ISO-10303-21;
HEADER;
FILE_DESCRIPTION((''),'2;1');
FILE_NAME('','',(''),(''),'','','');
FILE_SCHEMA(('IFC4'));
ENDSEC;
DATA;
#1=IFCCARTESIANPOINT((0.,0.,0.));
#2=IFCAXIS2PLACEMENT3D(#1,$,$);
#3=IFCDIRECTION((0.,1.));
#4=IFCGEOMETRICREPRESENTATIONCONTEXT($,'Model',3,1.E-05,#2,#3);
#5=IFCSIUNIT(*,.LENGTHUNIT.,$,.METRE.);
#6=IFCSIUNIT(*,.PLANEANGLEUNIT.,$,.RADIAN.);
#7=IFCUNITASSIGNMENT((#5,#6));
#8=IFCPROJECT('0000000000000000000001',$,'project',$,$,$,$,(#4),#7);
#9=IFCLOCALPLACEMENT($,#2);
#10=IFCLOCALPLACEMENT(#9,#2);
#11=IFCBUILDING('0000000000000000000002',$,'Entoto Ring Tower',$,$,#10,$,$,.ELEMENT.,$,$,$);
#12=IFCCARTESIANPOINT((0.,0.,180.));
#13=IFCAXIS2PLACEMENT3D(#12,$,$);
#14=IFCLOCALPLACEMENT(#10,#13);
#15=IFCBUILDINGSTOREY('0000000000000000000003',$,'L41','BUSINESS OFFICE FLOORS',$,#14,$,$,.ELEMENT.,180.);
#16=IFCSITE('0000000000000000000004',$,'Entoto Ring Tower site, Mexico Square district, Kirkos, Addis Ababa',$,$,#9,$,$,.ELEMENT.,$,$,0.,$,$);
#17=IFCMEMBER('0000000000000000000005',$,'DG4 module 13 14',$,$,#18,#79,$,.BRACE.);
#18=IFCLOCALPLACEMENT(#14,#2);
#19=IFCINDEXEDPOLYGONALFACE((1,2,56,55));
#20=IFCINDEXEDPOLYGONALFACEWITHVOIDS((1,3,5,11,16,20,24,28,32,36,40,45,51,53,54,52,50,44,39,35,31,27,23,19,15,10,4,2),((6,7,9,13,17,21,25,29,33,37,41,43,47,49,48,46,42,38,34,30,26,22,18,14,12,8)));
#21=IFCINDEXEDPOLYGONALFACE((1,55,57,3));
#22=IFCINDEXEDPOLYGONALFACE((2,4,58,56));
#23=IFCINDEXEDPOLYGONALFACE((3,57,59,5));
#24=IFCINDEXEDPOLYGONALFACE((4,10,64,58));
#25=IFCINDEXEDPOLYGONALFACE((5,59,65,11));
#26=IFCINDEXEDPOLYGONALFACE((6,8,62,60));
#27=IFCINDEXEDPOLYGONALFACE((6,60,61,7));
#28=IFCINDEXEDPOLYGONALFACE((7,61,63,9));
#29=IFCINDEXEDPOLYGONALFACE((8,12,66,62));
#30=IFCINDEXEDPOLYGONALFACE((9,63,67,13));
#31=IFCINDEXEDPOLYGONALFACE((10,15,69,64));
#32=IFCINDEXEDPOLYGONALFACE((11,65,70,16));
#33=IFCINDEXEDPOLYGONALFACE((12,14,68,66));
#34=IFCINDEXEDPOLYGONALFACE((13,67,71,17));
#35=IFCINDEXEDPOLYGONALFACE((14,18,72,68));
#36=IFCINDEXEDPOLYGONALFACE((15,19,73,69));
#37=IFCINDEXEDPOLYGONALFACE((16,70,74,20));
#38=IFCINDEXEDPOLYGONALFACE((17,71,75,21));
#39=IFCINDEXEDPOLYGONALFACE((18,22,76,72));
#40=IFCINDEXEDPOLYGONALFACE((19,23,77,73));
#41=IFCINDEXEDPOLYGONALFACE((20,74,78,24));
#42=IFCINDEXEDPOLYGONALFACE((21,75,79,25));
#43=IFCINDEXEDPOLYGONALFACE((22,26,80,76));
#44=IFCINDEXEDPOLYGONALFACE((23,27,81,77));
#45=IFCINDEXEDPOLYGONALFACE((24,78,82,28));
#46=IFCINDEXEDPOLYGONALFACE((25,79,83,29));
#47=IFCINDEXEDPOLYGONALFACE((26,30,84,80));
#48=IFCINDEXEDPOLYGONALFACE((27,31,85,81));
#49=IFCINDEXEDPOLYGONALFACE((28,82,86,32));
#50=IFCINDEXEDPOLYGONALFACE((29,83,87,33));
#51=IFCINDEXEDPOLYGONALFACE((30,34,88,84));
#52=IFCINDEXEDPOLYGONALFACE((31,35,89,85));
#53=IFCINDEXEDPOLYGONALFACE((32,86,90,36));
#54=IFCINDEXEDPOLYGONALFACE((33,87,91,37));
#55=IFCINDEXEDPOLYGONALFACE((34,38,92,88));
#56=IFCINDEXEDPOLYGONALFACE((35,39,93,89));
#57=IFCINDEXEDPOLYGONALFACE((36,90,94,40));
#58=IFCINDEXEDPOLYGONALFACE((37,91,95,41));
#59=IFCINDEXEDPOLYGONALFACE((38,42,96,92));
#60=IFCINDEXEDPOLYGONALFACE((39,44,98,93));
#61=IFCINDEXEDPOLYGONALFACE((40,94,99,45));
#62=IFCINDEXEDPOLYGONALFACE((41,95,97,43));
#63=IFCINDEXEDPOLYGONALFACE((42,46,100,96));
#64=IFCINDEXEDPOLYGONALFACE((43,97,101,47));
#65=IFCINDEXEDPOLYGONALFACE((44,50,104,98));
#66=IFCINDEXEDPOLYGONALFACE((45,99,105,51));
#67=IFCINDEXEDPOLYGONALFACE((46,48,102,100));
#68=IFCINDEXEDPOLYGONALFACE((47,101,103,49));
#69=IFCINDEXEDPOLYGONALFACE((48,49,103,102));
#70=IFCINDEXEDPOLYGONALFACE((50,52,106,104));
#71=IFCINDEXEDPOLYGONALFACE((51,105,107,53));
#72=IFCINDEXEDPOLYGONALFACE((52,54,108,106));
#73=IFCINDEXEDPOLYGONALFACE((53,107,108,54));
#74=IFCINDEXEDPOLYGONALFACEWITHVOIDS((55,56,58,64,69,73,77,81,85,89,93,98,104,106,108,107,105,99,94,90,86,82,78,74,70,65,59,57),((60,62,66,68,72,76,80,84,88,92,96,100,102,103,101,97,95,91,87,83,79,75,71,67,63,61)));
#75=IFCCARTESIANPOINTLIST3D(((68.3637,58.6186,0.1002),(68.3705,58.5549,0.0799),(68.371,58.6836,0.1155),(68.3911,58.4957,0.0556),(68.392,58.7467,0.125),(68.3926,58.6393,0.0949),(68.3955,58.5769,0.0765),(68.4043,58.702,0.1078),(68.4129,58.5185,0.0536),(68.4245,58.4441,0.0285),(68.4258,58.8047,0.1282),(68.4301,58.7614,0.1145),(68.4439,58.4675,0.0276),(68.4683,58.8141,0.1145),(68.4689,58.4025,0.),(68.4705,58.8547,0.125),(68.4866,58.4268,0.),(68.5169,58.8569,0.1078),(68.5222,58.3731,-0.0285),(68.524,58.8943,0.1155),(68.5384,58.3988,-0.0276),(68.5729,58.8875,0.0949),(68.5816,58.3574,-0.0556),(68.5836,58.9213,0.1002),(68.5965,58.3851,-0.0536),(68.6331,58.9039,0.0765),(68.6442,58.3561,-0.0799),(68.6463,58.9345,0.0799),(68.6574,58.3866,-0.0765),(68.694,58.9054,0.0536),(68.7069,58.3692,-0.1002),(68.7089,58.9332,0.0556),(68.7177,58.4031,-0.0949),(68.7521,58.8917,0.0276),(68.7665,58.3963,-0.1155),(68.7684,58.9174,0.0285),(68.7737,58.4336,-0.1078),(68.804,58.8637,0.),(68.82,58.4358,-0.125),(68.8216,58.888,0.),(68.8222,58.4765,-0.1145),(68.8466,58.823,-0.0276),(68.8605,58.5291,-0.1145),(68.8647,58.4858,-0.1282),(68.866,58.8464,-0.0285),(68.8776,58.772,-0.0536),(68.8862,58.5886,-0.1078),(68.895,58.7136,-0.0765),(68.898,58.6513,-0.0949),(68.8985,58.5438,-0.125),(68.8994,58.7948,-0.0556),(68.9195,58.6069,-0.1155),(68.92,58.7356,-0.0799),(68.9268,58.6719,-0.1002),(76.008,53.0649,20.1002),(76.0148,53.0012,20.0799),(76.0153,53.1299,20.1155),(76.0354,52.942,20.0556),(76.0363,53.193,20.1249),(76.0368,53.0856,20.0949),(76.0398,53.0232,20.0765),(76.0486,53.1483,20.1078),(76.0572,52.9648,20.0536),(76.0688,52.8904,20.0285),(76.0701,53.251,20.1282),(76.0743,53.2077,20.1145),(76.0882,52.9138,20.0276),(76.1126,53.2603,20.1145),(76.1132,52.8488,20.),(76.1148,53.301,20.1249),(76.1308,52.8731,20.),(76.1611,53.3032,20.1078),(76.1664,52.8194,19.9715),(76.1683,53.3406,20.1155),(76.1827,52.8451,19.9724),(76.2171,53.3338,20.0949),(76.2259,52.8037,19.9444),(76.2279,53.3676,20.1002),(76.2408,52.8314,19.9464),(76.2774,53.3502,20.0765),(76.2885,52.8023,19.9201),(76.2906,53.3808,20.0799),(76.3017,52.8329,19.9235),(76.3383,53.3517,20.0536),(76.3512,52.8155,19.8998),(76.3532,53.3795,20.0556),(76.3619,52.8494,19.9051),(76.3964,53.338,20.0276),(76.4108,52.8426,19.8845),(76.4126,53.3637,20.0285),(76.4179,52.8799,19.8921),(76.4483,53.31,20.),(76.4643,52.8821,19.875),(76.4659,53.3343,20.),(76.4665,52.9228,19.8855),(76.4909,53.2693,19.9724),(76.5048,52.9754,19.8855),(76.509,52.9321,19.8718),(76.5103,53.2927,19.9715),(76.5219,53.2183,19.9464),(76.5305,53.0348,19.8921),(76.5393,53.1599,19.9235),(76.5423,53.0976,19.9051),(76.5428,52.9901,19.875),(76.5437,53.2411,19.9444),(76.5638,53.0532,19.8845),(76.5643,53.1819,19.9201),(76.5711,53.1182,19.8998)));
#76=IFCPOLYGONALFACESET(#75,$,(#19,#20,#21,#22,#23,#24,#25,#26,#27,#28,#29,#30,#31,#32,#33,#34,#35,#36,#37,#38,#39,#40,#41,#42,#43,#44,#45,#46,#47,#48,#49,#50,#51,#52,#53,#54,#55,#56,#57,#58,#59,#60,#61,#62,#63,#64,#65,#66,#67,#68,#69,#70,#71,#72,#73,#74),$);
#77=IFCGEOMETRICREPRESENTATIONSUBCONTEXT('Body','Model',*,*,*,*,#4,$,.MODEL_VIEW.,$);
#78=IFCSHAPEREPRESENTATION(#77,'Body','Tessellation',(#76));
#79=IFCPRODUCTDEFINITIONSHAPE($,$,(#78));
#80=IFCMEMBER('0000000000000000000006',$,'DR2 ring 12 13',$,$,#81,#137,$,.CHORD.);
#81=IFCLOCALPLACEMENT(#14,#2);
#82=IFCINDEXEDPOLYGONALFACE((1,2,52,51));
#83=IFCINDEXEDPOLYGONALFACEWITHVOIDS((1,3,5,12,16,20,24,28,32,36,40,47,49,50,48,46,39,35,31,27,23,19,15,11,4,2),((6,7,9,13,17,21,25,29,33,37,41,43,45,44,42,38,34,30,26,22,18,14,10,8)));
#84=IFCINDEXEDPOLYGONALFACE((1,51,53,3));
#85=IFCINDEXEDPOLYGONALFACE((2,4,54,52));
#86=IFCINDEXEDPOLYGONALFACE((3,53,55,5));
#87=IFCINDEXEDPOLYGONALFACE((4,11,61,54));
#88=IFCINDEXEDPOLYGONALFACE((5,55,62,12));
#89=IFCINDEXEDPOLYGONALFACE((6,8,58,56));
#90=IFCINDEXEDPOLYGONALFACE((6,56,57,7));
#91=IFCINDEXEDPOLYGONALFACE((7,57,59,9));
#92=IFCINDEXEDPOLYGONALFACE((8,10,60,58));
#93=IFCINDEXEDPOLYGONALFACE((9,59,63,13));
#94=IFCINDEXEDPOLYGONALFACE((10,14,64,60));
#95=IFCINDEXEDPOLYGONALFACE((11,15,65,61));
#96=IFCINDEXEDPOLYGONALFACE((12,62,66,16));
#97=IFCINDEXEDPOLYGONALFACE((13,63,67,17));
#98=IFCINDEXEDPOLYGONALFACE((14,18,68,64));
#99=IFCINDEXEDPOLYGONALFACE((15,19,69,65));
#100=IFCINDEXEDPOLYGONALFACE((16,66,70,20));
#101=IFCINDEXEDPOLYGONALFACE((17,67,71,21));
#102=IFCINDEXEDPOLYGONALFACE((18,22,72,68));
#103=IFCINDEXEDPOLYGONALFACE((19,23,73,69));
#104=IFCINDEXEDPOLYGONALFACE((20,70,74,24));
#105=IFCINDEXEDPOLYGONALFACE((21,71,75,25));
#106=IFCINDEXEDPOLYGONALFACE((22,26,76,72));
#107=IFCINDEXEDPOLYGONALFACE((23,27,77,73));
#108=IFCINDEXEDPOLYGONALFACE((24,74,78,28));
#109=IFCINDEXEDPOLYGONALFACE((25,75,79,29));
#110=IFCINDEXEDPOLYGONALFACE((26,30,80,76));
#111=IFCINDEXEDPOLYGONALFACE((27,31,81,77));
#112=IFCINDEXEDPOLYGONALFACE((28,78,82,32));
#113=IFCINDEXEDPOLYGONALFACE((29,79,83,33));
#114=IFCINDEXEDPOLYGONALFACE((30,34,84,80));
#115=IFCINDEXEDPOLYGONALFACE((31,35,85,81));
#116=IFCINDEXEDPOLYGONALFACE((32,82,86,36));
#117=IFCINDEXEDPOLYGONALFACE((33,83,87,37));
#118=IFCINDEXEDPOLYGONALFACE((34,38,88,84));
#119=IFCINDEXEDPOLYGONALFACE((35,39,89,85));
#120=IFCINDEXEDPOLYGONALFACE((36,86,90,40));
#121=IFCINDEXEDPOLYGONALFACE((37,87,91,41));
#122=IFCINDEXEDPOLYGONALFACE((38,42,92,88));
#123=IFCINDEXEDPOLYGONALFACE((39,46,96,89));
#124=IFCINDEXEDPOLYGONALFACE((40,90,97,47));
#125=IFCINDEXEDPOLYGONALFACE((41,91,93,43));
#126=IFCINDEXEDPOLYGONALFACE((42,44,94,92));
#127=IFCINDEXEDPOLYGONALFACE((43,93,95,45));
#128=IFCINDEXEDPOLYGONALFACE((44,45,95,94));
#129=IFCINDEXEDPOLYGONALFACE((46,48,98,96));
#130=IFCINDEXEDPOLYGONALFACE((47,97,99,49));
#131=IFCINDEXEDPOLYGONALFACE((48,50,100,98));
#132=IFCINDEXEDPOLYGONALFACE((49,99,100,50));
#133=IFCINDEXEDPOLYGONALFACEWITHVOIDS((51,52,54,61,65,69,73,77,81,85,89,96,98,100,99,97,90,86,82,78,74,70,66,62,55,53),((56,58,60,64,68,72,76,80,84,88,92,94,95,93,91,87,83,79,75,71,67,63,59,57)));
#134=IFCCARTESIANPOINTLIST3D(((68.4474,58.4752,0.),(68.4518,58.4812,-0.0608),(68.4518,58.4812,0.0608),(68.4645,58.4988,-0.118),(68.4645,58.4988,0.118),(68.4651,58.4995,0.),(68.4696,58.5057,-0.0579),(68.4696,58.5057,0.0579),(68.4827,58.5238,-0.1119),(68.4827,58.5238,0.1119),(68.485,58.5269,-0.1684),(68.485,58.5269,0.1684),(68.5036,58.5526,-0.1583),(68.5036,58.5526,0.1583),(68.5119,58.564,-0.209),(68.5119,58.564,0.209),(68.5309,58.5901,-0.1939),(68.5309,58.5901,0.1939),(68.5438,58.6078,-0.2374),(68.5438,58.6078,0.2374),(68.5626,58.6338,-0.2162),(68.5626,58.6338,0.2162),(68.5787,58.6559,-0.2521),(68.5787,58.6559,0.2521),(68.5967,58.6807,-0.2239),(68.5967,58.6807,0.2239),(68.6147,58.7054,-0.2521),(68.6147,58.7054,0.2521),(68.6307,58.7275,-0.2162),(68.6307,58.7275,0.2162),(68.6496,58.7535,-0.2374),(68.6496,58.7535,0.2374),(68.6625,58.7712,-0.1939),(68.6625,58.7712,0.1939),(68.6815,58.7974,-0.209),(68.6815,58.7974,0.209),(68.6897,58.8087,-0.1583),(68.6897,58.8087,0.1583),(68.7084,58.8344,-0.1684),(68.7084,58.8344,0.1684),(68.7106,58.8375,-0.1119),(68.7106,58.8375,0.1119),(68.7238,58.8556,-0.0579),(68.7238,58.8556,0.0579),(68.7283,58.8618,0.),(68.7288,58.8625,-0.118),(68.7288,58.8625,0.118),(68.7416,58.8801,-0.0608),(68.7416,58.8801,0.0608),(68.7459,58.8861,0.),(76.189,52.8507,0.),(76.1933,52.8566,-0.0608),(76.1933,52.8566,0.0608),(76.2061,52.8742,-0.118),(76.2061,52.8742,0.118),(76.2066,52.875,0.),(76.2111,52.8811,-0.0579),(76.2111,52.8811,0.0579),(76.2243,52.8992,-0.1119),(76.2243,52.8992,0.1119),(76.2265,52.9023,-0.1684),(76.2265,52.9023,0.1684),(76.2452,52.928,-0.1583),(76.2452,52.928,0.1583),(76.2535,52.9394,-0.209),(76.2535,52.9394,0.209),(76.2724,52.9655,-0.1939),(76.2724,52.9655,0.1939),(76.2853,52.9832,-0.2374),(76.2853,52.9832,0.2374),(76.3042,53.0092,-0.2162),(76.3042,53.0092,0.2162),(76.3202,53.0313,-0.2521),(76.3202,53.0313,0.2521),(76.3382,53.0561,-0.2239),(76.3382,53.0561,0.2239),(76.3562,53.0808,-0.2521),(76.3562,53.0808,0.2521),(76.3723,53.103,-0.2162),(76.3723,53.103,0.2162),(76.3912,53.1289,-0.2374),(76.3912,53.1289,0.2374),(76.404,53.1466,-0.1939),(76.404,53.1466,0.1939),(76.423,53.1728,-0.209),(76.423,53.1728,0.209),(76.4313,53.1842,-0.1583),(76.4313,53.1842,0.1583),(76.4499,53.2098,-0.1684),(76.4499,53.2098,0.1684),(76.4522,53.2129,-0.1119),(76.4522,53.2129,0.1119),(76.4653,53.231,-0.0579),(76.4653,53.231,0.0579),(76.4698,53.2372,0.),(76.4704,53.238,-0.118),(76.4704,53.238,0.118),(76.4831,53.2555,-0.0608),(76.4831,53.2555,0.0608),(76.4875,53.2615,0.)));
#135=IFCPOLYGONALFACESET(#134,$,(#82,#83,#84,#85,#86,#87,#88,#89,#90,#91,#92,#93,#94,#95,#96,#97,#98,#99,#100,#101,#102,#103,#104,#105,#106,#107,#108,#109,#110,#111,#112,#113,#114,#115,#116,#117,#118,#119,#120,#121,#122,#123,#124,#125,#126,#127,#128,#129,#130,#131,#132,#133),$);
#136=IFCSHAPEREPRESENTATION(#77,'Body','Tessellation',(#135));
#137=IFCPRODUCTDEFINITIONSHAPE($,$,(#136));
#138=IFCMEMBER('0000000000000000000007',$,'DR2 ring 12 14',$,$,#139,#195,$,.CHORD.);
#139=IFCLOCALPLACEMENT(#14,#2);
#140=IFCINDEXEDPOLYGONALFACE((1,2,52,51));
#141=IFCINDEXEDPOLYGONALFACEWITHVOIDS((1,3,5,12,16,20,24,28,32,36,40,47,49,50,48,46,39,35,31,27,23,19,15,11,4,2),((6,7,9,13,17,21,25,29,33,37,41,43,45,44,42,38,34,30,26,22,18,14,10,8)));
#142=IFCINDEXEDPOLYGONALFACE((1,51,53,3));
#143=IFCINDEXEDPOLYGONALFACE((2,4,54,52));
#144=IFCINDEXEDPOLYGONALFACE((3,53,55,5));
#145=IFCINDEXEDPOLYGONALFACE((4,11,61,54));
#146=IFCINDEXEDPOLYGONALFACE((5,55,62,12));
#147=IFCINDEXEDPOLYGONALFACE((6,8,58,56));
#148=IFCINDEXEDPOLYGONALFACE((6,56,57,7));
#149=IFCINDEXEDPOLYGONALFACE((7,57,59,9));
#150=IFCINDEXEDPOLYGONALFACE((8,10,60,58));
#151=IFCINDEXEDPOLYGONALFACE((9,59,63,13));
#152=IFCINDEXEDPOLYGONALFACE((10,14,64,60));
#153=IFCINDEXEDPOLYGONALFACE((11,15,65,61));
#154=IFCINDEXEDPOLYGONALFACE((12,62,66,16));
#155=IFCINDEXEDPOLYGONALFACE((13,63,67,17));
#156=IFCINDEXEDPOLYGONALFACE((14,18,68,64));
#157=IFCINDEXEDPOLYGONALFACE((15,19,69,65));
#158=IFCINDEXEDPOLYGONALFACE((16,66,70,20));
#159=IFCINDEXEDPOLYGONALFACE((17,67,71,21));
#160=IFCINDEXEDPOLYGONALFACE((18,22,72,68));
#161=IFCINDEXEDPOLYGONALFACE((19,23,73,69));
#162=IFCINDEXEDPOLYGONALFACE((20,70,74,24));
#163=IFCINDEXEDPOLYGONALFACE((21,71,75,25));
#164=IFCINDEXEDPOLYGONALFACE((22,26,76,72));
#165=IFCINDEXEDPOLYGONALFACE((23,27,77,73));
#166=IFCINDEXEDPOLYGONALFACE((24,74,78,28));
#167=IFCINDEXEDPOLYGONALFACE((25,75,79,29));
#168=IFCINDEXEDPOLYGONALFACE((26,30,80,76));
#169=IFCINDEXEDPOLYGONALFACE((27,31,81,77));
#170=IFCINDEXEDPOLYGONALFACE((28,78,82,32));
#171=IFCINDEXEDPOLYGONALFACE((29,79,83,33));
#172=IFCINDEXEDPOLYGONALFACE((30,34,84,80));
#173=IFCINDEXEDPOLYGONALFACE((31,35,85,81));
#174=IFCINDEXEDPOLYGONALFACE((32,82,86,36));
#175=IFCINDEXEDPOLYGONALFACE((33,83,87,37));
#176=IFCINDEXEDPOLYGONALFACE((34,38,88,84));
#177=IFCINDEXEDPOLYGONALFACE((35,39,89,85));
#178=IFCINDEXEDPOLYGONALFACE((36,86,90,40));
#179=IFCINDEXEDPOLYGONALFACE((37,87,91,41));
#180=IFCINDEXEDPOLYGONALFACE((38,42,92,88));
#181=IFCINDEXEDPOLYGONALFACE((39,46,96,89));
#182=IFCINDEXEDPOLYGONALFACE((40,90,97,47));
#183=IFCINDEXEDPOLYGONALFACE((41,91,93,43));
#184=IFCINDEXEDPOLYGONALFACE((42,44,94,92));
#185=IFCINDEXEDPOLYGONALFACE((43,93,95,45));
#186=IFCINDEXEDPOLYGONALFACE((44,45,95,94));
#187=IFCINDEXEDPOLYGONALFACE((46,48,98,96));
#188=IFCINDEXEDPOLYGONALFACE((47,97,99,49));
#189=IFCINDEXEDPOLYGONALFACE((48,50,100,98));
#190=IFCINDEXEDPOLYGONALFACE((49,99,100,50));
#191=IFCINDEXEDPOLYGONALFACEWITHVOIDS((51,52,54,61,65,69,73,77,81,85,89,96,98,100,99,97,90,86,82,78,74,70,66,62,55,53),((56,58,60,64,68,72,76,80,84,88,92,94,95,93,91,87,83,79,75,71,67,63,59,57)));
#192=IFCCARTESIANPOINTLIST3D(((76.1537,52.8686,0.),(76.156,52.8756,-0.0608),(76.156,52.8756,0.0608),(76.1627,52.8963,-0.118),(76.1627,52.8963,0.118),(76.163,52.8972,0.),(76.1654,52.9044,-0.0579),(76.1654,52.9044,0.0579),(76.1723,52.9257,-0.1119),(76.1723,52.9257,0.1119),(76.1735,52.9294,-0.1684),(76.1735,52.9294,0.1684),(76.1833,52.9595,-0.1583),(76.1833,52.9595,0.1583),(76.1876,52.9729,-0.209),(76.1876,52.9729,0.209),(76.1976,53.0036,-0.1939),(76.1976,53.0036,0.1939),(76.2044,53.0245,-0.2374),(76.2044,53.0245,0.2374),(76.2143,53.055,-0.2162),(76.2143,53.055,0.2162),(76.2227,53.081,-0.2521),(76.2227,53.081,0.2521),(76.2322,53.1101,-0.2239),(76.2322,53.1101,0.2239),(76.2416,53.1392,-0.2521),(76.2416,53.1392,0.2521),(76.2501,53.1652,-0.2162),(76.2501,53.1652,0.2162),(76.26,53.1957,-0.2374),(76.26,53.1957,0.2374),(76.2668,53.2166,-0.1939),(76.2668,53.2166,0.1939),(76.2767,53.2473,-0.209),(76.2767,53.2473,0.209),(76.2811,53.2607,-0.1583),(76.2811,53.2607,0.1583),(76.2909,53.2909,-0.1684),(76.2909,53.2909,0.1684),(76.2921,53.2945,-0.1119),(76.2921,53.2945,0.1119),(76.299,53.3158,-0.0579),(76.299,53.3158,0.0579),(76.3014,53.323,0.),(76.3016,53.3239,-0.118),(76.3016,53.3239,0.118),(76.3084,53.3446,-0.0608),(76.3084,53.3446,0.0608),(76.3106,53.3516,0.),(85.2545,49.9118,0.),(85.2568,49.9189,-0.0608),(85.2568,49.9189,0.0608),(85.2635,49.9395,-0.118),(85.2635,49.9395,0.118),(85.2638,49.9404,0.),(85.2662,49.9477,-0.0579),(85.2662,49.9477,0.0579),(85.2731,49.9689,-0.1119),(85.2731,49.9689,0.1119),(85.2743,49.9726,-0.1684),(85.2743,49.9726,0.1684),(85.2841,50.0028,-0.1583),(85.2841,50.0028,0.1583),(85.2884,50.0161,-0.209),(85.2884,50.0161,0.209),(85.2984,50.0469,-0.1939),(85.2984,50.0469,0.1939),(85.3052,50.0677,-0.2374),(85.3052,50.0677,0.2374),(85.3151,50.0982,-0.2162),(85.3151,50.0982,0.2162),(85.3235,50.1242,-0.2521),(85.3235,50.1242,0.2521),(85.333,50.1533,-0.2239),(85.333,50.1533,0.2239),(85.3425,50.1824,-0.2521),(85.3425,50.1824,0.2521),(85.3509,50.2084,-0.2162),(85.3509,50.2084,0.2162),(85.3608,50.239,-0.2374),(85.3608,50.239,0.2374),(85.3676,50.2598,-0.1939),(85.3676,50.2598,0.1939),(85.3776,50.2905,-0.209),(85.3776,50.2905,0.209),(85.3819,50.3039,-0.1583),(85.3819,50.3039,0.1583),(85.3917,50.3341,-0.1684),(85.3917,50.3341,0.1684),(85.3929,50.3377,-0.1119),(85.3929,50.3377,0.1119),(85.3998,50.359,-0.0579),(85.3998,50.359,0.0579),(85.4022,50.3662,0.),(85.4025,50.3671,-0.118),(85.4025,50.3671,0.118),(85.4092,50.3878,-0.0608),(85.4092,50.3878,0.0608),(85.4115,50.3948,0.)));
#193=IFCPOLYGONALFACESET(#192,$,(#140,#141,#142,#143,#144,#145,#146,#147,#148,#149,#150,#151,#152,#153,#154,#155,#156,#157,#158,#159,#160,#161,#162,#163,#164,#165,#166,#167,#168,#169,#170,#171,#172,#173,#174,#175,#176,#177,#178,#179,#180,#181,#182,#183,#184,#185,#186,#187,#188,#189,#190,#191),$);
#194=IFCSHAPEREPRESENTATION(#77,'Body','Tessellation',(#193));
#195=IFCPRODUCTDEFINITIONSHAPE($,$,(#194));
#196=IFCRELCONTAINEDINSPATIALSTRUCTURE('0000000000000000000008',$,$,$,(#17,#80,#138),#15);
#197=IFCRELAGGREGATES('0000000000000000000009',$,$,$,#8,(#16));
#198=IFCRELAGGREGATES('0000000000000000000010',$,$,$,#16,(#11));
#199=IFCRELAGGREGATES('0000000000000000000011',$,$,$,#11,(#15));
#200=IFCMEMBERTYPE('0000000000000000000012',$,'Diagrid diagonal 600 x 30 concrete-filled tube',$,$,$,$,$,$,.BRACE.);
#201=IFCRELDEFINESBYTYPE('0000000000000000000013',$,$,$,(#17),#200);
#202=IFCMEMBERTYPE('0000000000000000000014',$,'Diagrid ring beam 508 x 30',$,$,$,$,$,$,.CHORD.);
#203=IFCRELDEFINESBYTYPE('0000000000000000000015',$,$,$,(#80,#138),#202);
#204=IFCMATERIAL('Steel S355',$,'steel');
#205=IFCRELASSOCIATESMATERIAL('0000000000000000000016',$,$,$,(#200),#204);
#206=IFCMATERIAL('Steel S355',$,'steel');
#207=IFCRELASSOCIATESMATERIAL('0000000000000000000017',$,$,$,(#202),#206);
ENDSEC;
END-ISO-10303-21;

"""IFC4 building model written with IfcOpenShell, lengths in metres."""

from ifc_helpers import new_model, si_unit, direction, frame, origin, origin_2d, place, context, subcontext, project, spatial, circle, hollow_circle, extrude, material, material_profile, profile_set, type_object, element, save


model = new_model("IFC4")

# Units and contexts
model_context = context("Model", 3, precision=1e-05, world=origin(), true_north=direction((0.0, 1.0)))
body_context = subcontext(model_context, "Body", "Model", "MODEL_VIEW")
ifc_project = project(units=[si_unit("LENGTHUNIT", "METRE"), si_unit("PLANEANGLEUNIT", "RADIAN")], contexts=[model_context])

# Site, building, storey
site_placement = place(None, origin())
site = spatial("IfcSite", under=ifc_project, at=site_placement, Name="Entoto Ring Tower site, Mexico Square district, Kirkos, Addis Ababa", CompositionType="ELEMENT", RefElevation=0.0)
building_placement = place(site_placement, origin())
building = spatial("IfcBuilding", under=site, at=building_placement, Name="Entoto Ring Tower", CompositionType="ELEMENT")
storey_placement = place(building_placement, frame((0.0, 0.0, 180.0)))
storey = spatial("IfcBuildingStorey", under=building, at=storey_placement, Name="L41", Description="BUSINESS OFFICE FLOORS", CompositionType="ELEMENT", Elevation=180.0)

# Members
ifc_material_1 = material(Name="Steel S355", Category="steel")
ifc_material_profile_1 = material_profile(ifc_material_1, hollow_circle(Radius=0.3, WallThickness=0.03, at=origin_2d()), Name="CHS 600 x 30")
ifc_material_2 = material(Name="Concrete C60/75", Category="concrete")
ifc_material_profile_2 = material_profile(ifc_material_2, circle(Radius=0.27, at=origin_2d()), Name="Concrete C60/75 infill")
ifc_profile_set_1 = profile_set([ifc_material_profile_1, ifc_material_profile_2], Name="Steel S355")
member_type_1 = type_object("IfcMemberType", Name="Diagrid diagonal 600 x 30 concrete-filled tube", PredefinedType="BRACE", material=ifc_profile_set_1)
for number, where, z_axis, x_axis, name in (
    (1, (68.6453, 58.6453, 0.0), (0.345588, -0.251076, 0.904174), (0.587772, 0.809026, 0.0), "DG4 module 13 14"),
):
    element("IfcMember", number, at=place(storey_placement, frame(where, z_axis=z_axis, x_axis=x_axis)), inside=storey, type_object=member_type_1, Name=name, PredefinedType="BRACE", context=body_context, shape_type="SweptSolid", body=[
        extrude(hollow_circle(Radius=0.3, WallThickness=0.03, at=origin_2d()), origin(), (0.0, 0.0, 1.0), 22.1196),
    ])
ifc_material_3 = material(Name="Steel S355", Category="steel")
ifc_material_profile_3 = material_profile(ifc_material_3, hollow_circle(Radius=0.2539, WallThickness=0.03, at=origin_2d()), Name="CHS 508 x 30")
ifc_material_4 = material(Name="Concrete C60/75", Category="concrete")
ifc_material_profile_4 = material_profile(ifc_material_4, circle(Radius=0.2241, at=origin_2d()), Name="Concrete C60/75 infill")
ifc_profile_set_2 = profile_set([ifc_material_profile_3, ifc_material_profile_4], Name="Steel S355")
member_type_2 = type_object("IfcMemberType", Name="Diagrid ring beam 508 x 30", PredefinedType="CHORD", material=ifc_profile_set_2)
for number, where, z_axis, x_axis, name in (
    (2, (68.5967, 58.6807, 0.0), (0.809016, -0.587786, 0.0), (0.587786, 0.809016, 0.0), "DR2 ring 12 13"),
    (3, (76.2322, 53.1101, 0.0), (0.951064, -0.308993, 0.0), (0.308993, 0.951064, 0.0), "DR2 ring 12 14"),
):
    element("IfcMember", number, at=place(storey_placement, frame(where, z_axis=z_axis, x_axis=x_axis)), inside=storey, type_object=member_type_2, Name=name, PredefinedType="CHORD", context=body_context, shape_type="SweptSolid", body=[
        extrude(hollow_circle(Radius=0.2539, WallThickness=0.03, at=origin_2d()), origin(), (0.0, 0.0, 1.0), 9.5691),
    ])

save(model, "model.ifc")
